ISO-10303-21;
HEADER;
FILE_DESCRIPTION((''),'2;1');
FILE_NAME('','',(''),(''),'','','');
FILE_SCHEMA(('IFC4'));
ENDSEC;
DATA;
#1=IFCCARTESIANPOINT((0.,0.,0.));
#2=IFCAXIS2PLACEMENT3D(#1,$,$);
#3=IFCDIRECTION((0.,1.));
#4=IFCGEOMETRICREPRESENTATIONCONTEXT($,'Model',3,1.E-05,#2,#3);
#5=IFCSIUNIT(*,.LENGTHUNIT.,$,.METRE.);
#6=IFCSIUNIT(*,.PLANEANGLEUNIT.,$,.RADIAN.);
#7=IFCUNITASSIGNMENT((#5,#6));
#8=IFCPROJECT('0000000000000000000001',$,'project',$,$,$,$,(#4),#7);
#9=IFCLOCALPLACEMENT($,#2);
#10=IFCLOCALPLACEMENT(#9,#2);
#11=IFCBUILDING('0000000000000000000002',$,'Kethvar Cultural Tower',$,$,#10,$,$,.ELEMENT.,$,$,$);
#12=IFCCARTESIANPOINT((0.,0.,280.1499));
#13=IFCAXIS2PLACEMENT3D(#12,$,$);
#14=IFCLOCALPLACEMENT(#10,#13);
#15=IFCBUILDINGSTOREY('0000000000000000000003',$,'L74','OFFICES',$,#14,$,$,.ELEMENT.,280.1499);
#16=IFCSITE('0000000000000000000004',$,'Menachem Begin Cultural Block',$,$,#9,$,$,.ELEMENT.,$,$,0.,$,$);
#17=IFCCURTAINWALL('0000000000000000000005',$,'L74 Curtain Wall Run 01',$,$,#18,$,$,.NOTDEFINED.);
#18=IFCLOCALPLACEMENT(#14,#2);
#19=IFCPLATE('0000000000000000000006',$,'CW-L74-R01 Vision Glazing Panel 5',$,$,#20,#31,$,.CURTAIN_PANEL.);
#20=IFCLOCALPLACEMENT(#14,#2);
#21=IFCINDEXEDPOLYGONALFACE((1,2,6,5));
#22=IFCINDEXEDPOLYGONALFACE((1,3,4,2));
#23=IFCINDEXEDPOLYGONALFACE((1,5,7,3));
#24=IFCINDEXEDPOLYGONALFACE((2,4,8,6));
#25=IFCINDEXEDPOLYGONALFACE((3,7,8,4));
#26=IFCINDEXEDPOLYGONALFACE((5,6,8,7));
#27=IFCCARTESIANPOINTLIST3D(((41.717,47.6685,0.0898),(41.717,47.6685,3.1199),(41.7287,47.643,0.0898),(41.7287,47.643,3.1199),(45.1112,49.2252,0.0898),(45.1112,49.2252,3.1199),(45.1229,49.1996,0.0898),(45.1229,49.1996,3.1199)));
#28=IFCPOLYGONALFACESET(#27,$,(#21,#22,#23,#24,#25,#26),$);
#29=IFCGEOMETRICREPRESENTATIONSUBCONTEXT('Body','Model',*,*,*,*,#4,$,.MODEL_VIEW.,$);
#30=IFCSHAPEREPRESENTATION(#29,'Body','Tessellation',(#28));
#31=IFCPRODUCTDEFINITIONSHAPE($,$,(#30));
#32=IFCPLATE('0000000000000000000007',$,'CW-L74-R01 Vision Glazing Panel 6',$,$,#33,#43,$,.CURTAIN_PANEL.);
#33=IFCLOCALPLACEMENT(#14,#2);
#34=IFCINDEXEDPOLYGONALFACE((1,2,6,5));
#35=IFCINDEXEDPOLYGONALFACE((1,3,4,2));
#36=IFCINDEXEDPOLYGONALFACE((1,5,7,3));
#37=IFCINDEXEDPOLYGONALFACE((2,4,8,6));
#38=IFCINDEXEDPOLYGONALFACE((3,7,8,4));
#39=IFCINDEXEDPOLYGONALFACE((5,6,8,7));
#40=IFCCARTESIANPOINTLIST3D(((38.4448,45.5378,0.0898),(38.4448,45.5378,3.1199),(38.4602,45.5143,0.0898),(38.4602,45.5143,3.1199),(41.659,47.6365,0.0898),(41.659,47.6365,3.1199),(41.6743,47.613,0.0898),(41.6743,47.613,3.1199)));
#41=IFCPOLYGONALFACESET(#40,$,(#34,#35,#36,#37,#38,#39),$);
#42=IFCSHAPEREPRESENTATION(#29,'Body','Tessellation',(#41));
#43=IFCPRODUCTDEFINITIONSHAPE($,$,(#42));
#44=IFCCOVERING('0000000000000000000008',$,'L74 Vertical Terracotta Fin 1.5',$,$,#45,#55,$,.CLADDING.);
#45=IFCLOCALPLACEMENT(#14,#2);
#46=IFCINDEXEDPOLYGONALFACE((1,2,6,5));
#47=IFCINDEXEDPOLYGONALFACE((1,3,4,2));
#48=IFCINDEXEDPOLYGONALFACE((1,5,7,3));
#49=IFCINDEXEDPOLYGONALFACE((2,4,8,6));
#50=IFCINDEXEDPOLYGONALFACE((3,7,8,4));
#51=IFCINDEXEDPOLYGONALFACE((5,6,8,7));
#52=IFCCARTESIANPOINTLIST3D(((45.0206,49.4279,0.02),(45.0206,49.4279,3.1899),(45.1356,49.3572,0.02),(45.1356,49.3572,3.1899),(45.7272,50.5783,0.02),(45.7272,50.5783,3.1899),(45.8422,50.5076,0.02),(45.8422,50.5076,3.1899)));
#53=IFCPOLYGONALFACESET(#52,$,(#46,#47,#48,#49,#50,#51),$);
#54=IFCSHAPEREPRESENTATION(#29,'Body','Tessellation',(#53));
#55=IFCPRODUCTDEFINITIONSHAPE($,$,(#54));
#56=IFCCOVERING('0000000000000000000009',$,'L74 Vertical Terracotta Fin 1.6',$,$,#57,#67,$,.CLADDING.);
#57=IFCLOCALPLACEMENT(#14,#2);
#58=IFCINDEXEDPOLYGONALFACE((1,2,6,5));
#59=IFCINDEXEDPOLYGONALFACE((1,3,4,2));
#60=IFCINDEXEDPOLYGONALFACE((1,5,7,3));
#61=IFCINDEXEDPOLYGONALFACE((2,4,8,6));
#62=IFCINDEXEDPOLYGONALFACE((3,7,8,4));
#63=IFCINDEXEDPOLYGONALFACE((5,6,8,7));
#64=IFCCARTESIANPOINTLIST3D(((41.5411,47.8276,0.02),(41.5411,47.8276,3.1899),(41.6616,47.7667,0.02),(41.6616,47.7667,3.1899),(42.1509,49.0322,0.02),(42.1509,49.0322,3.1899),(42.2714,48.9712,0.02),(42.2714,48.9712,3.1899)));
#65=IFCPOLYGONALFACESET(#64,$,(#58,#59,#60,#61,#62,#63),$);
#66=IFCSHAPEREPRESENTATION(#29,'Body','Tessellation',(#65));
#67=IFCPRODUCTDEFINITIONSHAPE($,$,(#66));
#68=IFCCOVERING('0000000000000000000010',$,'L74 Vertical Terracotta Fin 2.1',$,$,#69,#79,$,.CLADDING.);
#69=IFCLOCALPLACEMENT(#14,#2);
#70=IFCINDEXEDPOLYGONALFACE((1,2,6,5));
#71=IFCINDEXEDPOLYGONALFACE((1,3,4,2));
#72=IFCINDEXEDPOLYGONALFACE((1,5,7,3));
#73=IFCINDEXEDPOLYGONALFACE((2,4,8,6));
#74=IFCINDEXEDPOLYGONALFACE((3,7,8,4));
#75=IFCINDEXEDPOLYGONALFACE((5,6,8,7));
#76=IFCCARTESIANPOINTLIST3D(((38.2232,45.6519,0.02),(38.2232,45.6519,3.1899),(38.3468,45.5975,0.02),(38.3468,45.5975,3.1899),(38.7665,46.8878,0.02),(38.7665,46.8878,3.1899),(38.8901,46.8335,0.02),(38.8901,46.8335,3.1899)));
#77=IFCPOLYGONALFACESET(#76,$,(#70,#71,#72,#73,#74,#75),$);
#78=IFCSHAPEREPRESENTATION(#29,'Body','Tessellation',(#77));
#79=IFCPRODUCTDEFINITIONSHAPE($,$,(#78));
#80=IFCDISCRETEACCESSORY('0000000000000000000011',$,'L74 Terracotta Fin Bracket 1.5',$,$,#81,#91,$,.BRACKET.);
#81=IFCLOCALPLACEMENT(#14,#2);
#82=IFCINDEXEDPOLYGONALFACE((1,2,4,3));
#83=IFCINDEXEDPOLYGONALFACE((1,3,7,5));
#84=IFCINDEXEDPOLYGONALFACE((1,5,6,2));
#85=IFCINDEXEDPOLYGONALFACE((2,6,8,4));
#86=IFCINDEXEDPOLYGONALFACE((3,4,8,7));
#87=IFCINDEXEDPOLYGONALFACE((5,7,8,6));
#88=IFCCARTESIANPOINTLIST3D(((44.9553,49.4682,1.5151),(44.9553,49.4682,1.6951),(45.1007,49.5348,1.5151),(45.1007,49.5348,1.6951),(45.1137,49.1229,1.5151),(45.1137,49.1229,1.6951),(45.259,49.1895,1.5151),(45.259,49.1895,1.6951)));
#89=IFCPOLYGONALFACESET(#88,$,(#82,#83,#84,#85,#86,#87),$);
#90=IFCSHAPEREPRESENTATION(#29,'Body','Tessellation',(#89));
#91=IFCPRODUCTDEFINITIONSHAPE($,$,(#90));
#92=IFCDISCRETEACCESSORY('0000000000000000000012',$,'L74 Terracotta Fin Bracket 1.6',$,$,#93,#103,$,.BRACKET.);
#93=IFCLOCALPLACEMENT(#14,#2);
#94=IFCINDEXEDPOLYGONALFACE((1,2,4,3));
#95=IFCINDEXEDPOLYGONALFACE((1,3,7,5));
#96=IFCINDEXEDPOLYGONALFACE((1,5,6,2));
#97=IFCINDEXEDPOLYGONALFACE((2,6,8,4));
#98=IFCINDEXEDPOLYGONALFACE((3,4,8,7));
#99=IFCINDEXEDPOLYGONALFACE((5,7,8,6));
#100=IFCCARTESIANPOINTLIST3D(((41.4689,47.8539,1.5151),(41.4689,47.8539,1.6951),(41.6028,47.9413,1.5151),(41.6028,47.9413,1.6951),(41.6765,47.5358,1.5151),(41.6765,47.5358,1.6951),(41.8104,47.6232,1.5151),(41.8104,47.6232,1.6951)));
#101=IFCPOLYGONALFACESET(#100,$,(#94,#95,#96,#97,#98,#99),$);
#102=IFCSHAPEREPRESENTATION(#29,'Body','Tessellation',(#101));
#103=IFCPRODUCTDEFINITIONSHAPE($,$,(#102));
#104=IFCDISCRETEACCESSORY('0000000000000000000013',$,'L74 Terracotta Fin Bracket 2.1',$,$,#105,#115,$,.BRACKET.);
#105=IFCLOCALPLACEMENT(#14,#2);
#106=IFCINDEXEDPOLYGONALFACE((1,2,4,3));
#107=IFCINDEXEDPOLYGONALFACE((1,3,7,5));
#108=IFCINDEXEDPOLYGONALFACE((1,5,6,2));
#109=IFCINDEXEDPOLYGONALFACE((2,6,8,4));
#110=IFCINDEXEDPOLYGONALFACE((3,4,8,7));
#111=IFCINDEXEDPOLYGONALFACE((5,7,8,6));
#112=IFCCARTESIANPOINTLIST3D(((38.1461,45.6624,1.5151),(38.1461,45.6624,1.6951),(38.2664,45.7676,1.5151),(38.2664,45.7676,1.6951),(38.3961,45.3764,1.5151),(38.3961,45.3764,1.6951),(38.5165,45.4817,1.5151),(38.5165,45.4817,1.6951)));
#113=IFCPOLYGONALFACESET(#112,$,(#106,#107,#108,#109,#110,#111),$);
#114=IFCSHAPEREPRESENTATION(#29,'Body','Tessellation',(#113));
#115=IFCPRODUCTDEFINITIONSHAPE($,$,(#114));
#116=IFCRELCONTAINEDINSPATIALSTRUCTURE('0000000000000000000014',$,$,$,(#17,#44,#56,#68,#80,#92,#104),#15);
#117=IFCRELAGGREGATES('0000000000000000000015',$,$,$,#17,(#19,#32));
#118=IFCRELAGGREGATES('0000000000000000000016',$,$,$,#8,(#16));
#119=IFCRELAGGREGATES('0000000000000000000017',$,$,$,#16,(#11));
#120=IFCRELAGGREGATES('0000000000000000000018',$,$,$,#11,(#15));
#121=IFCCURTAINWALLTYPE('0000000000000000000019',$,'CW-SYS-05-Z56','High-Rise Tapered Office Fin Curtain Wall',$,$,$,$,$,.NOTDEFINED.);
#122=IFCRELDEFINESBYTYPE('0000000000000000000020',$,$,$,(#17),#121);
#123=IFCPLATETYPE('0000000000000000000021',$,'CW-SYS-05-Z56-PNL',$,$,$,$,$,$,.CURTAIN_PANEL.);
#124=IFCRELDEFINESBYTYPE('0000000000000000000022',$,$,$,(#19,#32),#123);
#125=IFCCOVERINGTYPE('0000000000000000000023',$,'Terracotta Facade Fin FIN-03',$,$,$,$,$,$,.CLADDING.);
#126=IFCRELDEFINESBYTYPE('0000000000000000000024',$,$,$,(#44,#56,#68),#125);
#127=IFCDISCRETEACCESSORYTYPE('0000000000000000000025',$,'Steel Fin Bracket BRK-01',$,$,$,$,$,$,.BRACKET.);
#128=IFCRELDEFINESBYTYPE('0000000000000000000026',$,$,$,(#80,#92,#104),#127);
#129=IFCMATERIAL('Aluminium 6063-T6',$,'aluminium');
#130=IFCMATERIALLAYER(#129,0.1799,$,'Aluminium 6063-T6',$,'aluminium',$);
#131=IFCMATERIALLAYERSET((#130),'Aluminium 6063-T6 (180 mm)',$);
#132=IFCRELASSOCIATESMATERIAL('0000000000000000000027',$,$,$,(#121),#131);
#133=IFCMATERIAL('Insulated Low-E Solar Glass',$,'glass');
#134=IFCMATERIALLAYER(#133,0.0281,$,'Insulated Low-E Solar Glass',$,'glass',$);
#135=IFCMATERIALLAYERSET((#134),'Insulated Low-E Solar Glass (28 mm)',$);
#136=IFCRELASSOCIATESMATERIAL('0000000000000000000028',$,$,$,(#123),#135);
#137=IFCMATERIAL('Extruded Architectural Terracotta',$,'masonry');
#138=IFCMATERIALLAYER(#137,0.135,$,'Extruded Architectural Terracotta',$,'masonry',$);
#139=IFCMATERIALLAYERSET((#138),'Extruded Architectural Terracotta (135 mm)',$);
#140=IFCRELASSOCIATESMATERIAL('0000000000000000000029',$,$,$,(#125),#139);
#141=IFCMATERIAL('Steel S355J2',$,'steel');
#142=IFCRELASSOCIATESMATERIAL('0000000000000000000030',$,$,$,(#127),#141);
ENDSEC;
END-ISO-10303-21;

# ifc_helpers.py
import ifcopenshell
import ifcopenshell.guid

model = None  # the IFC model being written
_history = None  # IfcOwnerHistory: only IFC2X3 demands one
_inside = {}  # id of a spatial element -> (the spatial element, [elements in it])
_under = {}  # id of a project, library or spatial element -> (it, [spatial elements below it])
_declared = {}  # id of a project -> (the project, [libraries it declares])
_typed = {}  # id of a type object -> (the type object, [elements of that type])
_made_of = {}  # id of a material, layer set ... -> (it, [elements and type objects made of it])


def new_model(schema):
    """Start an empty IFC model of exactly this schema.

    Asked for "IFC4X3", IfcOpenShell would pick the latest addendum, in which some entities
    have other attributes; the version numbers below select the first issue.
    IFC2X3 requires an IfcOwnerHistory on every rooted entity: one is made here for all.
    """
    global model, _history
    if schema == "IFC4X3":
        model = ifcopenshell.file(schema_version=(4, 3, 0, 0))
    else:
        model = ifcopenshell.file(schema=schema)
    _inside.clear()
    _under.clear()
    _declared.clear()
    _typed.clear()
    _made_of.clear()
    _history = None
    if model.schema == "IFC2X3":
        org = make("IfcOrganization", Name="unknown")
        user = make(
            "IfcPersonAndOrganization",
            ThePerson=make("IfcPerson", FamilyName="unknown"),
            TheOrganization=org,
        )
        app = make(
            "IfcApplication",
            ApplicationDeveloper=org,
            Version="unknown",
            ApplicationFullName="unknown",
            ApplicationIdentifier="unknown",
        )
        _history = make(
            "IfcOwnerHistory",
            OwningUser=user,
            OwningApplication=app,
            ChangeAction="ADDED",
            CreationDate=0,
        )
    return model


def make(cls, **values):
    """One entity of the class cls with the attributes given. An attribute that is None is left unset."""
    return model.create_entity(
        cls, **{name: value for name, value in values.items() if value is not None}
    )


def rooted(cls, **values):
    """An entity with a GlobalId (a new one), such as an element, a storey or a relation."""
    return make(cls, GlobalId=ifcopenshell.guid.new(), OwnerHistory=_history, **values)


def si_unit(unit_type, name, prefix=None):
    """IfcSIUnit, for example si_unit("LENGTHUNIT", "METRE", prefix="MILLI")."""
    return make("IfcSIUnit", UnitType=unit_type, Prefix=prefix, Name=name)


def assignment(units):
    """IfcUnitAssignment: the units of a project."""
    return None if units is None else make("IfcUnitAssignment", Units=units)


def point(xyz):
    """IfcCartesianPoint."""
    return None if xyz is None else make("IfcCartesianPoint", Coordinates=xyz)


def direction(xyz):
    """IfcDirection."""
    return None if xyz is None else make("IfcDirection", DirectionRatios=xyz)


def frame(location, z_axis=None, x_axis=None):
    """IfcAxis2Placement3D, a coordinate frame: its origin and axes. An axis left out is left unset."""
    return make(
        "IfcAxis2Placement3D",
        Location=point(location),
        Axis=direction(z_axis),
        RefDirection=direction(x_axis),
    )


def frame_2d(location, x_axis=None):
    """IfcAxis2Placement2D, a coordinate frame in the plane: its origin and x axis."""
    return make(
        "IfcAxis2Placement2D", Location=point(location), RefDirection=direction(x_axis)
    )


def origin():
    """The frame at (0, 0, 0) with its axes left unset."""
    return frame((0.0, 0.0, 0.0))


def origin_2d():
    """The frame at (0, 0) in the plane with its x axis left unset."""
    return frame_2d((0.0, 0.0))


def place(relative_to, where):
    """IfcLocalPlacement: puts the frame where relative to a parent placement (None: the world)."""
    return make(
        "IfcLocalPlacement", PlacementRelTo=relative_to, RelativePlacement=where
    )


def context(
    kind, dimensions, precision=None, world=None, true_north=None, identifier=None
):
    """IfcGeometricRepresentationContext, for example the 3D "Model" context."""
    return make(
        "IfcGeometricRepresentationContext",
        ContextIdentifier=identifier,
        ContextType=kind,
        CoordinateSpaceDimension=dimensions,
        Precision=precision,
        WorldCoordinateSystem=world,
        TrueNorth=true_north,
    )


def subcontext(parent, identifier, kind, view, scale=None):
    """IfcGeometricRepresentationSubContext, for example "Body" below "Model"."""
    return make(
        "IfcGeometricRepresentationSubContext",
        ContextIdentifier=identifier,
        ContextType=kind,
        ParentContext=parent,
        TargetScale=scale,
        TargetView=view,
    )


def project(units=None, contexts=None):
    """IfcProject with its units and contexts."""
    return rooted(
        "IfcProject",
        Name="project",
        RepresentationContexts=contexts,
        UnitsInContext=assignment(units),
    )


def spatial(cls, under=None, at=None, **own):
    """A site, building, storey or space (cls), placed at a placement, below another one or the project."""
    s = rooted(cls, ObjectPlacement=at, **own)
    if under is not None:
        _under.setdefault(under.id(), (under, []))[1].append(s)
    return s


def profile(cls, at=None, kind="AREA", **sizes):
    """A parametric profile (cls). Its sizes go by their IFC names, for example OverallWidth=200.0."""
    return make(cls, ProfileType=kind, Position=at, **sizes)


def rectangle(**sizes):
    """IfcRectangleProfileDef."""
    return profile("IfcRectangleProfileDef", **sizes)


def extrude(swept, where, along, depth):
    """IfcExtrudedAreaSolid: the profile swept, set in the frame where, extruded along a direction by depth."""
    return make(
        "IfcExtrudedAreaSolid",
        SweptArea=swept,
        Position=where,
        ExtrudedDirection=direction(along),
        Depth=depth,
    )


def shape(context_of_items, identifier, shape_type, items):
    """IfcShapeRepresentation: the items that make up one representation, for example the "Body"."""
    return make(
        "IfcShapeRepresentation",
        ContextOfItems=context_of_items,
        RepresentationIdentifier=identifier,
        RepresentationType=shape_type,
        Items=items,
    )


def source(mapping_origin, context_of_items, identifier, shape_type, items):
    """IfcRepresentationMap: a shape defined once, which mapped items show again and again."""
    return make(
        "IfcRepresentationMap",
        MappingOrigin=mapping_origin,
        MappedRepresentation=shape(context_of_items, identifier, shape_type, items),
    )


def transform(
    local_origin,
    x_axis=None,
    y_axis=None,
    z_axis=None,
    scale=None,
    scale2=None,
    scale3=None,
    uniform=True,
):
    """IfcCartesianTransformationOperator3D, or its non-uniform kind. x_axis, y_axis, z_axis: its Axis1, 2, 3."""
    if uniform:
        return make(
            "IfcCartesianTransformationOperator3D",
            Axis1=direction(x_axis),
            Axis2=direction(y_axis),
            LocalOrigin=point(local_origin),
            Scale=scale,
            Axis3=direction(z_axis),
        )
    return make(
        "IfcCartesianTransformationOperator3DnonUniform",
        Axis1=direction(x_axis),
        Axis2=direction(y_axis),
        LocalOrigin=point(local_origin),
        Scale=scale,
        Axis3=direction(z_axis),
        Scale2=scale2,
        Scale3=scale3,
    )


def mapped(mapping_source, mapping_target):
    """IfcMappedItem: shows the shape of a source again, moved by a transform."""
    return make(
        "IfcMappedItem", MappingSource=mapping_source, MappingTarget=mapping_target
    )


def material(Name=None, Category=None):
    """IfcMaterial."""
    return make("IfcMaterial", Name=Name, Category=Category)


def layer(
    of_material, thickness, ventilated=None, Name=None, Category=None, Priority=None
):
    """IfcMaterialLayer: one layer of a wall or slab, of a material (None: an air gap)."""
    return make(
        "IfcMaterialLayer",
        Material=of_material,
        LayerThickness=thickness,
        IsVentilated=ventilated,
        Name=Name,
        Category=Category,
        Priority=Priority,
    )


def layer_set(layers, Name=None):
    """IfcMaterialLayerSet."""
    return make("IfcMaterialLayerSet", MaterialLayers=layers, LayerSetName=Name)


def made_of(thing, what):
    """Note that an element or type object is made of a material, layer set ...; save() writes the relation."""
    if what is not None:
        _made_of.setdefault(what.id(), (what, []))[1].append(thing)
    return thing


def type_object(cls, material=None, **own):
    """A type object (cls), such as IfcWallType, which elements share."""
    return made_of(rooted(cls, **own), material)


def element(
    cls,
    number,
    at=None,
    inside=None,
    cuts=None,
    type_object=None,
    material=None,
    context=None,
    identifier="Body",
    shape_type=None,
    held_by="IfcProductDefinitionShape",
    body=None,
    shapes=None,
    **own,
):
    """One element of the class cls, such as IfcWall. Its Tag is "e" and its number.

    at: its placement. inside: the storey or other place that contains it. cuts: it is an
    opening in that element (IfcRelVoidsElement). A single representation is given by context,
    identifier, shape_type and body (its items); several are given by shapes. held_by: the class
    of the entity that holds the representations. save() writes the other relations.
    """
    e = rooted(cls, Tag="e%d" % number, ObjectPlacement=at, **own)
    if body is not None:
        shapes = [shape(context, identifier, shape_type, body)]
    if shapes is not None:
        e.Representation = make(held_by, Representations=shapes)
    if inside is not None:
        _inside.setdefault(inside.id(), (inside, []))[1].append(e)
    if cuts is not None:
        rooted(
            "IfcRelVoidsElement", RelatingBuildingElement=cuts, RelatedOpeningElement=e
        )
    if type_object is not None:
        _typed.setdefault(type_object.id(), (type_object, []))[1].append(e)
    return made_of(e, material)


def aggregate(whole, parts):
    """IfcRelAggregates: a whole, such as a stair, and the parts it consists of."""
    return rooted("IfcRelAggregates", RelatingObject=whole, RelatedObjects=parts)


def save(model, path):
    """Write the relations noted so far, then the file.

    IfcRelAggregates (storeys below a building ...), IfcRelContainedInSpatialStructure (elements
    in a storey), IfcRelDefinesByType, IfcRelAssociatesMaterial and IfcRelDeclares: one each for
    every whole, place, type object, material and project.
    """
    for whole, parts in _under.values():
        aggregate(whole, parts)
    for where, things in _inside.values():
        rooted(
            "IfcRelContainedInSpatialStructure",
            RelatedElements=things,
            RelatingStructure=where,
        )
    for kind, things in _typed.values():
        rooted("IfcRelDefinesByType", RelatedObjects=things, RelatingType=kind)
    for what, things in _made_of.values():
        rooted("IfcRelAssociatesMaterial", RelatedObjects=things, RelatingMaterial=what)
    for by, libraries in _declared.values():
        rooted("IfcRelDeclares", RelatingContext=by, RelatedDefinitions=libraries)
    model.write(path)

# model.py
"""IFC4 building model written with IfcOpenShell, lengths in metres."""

from ifc_helpers import new_model, si_unit, direction, frame, origin, origin_2d, place, context, subcontext, project, spatial, rectangle, extrude, source, transform, mapped, material, layer, layer_set, type_object, element, aggregate, save


model = new_model("IFC4")

# Units and contexts
model_context = context("Model", 3, precision=1e-05, world=origin(), true_north=direction((0.0, 1.0)))
body_context = subcontext(model_context, "Body", "Model", "MODEL_VIEW")
ifc_project = project(units=[si_unit("LENGTHUNIT", "METRE"), si_unit("PLANEANGLEUNIT", "RADIAN")], contexts=[model_context])

# Site, building, storey
site_placement = place(None, origin())
site = spatial("IfcSite", under=ifc_project, at=site_placement, Name="Menachem Begin Cultural Block", CompositionType="ELEMENT", RefElevation=0.0)
building_placement = place(site_placement, origin())
building = spatial("IfcBuilding", under=site, at=building_placement, Name="Kethvar Cultural Tower", CompositionType="ELEMENT")
storey_placement = place(building_placement, frame((0.0, 0.0, 280.1499)))
storey = spatial("IfcBuildingStorey", under=building, at=storey_placement, Name="L74", Description="OFFICES", CompositionType="ELEMENT", Elevation=280.1499)

# Shared definitions
ifc_material_1 = material(Name="Steel S355J2", Category="steel")

# Curtain wall
ifc_material_2 = material(Name="Aluminium 6063-T6", Category="aluminium")
ifc_layer_1 = layer(ifc_material_2, 0.1799, Name="Aluminium 6063-T6", Category="aluminium")
ifc_layer_set_1 = layer_set([ifc_layer_1], Name="Aluminium 6063-T6 (180 mm)")
curtain_wall_type = type_object("IfcCurtainWallType", Name="CW-SYS-05-Z56", Description="High-Rise Tapered Office Fin Curtain Wall", PredefinedType="NOTDEFINED", material=ifc_layer_set_1)
curtain_wall_1_placement = place(storey_placement, origin())
curtain_wall_1 = element("IfcCurtainWall", 1, at=curtain_wall_1_placement, inside=storey, type_object=curtain_wall_type, Name="L74 Curtain Wall Run 01", PredefinedType="NOTDEFINED")

# Plates
ifc_material_3 = material(Name="Insulated Low-E Solar Glass", Category="glass")
ifc_layer_2 = layer(ifc_material_3, 0.0281, Name="Insulated Low-E Solar Glass", Category="glass")
ifc_layer_set_2 = layer_set([ifc_layer_2], Name="Insulated Low-E Solar Glass (28 mm)")
plate_type = type_object("IfcPlateType", Name="CW-SYS-05-Z56-PNL", PredefinedType="CURTAIN_PANEL", material=ifc_layer_set_2)
shared_shape_1 = source(origin(), body_context, "Body", "SweptSolid", [
    extrude(rectangle(XDim=3.7341, YDim=0.0281, at=origin_2d()), origin(), (0.0, 0.0, 1.0), 3.03),
])
plate_1_placement = place(storey_placement, frame((43.4199, 48.4341, 0.0898), z_axis=(0.0, 0.0, 1.0), x_axis=(-0.908967, -0.416868, 0.0)))
plate_1 = element("IfcPlate", 2, at=plate_1_placement, type_object=plate_type, Name="CW-L74-R01 Vision Glazing Panel 5", PredefinedType="CURTAIN_PANEL", context=body_context, shape_type="MappedRepresentation", body=[
    mapped(shared_shape_1, transform((0.0, 0.0, 0.0), scale=1.0)),
])
shared_shape_2 = source(origin(), body_context, "Body", "SweptSolid", [
    extrude(rectangle(XDim=3.8386, YDim=0.0281, at=origin_2d()), origin(), (0.0, 0.0, 1.0), 3.03),
])
plate_2_placement = place(storey_placement, frame((40.0596, 46.5754, 0.0898), z_axis=(0.0, 0.0, 1.0), x_axis=(-0.837309, -0.546731, 0.0)))
plate_2 = element("IfcPlate", 3, at=plate_2_placement, type_object=plate_type, Name="CW-L74-R01 Vision Glazing Panel 6", PredefinedType="CURTAIN_PANEL", context=body_context, shape_type="MappedRepresentation", body=[
    mapped(shared_shape_2, transform((0.0, 0.0, 0.0), scale=1.0)),
])
aggregate(curtain_wall_1, [plate_1, plate_2])

# Coverings
ifc_material_4 = material(Name="Extruded Architectural Terracotta", Category="masonry")
ifc_layer_3 = layer(ifc_material_4, 0.135, Name="Extruded Architectural Terracotta", Category="masonry")
ifc_layer_set_3 = layer_set([ifc_layer_3], Name="Extruded Architectural Terracotta (135 mm)")
covering_type = type_object("IfcCoveringType", Name="Terracotta Facade Fin FIN-03", PredefinedType="CLADDING", material=ifc_layer_set_3)
shared_shape_3 = source(origin(), body_context, "Body", "SweptSolid", [
    extrude(rectangle(XDim=1.3501, YDim=0.135, at=origin_2d()), origin(), (0.0, 0.0, 1.0), 3.1699),
])
for number, where, z_axis, x_axis, name in (
    (4, (45.4314, 49.9678, 0.02), (0.0, 0.0, 1.0), (0.523391, 0.852093, 0.0), "L74 Vertical Terracotta Fin 1.5"),
    (5, (41.9062, 48.3994, 0.02), (0.0, 0.0, 1.0), (0.451656, 0.892192, 0.0), "L74 Vertical Terracotta Fin 1.6"),
    (6, (38.5566, 46.2427, 0.02), (0.0, 0.0, 1.0), (0.402427, 0.915452, 0.0), "L74 Vertical Terracotta Fin 2.1"),
):
    element("IfcCovering", number, at=place(storey_placement, frame(where, z_axis=z_axis, x_axis=x_axis)), inside=storey, type_object=covering_type, Name=name, PredefinedType="CLADDING", context=body_context, shape_type="MappedRepresentation", body=[
        mapped(shared_shape_3, transform((0.0, 0.0, 0.0), scale=1.0)),
    ])

# Discrete accessories
discrete_accessory_type = type_object("IfcDiscreteAccessoryType", Name="Steel Fin Bracket BRK-01", PredefinedType="BRACKET", material=ifc_material_1)
shared_shape_4 = source(origin(), body_context, "Body", "SweptSolid", [
    extrude(rectangle(XDim=0.3799, YDim=0.1599, at=origin_2d()), origin(), (0.0, 0.0, 1.0), 0.1799),
])
for number, where, z_axis, x_axis, name in (
    (7, (45.1072, 49.3289, 1.5151), (0.0, 0.0, 1.0), (-0.416915, 0.908945, 0.0), "L74 Terracotta Fin Bracket 1.5"),
    (8, (41.6396, 47.7385, 1.5151), (0.0, 0.0, 1.0), (-0.546687, 0.837337, 0.0), "L74 Terracotta Fin Bracket 1.6"),
    (9, (38.3313, 45.572, 1.5151), (0.0, 0.0, 1.0), (-0.658295, 0.75276, 0.0), "L74 Terracotta Fin Bracket 2.1"),
):
    element("IfcDiscreteAccessory", number, at=place(storey_placement, frame(where, z_axis=z_axis, x_axis=x_axis)), inside=storey, type_object=discrete_accessory_type, Name=name, PredefinedType="BRACKET", context=body_context, shape_type="MappedRepresentation", body=[
        mapped(shared_shape_4, transform((0.0, 0.0, 0.0), scale=1.0)),
    ])

save(model, "model.ifc")
